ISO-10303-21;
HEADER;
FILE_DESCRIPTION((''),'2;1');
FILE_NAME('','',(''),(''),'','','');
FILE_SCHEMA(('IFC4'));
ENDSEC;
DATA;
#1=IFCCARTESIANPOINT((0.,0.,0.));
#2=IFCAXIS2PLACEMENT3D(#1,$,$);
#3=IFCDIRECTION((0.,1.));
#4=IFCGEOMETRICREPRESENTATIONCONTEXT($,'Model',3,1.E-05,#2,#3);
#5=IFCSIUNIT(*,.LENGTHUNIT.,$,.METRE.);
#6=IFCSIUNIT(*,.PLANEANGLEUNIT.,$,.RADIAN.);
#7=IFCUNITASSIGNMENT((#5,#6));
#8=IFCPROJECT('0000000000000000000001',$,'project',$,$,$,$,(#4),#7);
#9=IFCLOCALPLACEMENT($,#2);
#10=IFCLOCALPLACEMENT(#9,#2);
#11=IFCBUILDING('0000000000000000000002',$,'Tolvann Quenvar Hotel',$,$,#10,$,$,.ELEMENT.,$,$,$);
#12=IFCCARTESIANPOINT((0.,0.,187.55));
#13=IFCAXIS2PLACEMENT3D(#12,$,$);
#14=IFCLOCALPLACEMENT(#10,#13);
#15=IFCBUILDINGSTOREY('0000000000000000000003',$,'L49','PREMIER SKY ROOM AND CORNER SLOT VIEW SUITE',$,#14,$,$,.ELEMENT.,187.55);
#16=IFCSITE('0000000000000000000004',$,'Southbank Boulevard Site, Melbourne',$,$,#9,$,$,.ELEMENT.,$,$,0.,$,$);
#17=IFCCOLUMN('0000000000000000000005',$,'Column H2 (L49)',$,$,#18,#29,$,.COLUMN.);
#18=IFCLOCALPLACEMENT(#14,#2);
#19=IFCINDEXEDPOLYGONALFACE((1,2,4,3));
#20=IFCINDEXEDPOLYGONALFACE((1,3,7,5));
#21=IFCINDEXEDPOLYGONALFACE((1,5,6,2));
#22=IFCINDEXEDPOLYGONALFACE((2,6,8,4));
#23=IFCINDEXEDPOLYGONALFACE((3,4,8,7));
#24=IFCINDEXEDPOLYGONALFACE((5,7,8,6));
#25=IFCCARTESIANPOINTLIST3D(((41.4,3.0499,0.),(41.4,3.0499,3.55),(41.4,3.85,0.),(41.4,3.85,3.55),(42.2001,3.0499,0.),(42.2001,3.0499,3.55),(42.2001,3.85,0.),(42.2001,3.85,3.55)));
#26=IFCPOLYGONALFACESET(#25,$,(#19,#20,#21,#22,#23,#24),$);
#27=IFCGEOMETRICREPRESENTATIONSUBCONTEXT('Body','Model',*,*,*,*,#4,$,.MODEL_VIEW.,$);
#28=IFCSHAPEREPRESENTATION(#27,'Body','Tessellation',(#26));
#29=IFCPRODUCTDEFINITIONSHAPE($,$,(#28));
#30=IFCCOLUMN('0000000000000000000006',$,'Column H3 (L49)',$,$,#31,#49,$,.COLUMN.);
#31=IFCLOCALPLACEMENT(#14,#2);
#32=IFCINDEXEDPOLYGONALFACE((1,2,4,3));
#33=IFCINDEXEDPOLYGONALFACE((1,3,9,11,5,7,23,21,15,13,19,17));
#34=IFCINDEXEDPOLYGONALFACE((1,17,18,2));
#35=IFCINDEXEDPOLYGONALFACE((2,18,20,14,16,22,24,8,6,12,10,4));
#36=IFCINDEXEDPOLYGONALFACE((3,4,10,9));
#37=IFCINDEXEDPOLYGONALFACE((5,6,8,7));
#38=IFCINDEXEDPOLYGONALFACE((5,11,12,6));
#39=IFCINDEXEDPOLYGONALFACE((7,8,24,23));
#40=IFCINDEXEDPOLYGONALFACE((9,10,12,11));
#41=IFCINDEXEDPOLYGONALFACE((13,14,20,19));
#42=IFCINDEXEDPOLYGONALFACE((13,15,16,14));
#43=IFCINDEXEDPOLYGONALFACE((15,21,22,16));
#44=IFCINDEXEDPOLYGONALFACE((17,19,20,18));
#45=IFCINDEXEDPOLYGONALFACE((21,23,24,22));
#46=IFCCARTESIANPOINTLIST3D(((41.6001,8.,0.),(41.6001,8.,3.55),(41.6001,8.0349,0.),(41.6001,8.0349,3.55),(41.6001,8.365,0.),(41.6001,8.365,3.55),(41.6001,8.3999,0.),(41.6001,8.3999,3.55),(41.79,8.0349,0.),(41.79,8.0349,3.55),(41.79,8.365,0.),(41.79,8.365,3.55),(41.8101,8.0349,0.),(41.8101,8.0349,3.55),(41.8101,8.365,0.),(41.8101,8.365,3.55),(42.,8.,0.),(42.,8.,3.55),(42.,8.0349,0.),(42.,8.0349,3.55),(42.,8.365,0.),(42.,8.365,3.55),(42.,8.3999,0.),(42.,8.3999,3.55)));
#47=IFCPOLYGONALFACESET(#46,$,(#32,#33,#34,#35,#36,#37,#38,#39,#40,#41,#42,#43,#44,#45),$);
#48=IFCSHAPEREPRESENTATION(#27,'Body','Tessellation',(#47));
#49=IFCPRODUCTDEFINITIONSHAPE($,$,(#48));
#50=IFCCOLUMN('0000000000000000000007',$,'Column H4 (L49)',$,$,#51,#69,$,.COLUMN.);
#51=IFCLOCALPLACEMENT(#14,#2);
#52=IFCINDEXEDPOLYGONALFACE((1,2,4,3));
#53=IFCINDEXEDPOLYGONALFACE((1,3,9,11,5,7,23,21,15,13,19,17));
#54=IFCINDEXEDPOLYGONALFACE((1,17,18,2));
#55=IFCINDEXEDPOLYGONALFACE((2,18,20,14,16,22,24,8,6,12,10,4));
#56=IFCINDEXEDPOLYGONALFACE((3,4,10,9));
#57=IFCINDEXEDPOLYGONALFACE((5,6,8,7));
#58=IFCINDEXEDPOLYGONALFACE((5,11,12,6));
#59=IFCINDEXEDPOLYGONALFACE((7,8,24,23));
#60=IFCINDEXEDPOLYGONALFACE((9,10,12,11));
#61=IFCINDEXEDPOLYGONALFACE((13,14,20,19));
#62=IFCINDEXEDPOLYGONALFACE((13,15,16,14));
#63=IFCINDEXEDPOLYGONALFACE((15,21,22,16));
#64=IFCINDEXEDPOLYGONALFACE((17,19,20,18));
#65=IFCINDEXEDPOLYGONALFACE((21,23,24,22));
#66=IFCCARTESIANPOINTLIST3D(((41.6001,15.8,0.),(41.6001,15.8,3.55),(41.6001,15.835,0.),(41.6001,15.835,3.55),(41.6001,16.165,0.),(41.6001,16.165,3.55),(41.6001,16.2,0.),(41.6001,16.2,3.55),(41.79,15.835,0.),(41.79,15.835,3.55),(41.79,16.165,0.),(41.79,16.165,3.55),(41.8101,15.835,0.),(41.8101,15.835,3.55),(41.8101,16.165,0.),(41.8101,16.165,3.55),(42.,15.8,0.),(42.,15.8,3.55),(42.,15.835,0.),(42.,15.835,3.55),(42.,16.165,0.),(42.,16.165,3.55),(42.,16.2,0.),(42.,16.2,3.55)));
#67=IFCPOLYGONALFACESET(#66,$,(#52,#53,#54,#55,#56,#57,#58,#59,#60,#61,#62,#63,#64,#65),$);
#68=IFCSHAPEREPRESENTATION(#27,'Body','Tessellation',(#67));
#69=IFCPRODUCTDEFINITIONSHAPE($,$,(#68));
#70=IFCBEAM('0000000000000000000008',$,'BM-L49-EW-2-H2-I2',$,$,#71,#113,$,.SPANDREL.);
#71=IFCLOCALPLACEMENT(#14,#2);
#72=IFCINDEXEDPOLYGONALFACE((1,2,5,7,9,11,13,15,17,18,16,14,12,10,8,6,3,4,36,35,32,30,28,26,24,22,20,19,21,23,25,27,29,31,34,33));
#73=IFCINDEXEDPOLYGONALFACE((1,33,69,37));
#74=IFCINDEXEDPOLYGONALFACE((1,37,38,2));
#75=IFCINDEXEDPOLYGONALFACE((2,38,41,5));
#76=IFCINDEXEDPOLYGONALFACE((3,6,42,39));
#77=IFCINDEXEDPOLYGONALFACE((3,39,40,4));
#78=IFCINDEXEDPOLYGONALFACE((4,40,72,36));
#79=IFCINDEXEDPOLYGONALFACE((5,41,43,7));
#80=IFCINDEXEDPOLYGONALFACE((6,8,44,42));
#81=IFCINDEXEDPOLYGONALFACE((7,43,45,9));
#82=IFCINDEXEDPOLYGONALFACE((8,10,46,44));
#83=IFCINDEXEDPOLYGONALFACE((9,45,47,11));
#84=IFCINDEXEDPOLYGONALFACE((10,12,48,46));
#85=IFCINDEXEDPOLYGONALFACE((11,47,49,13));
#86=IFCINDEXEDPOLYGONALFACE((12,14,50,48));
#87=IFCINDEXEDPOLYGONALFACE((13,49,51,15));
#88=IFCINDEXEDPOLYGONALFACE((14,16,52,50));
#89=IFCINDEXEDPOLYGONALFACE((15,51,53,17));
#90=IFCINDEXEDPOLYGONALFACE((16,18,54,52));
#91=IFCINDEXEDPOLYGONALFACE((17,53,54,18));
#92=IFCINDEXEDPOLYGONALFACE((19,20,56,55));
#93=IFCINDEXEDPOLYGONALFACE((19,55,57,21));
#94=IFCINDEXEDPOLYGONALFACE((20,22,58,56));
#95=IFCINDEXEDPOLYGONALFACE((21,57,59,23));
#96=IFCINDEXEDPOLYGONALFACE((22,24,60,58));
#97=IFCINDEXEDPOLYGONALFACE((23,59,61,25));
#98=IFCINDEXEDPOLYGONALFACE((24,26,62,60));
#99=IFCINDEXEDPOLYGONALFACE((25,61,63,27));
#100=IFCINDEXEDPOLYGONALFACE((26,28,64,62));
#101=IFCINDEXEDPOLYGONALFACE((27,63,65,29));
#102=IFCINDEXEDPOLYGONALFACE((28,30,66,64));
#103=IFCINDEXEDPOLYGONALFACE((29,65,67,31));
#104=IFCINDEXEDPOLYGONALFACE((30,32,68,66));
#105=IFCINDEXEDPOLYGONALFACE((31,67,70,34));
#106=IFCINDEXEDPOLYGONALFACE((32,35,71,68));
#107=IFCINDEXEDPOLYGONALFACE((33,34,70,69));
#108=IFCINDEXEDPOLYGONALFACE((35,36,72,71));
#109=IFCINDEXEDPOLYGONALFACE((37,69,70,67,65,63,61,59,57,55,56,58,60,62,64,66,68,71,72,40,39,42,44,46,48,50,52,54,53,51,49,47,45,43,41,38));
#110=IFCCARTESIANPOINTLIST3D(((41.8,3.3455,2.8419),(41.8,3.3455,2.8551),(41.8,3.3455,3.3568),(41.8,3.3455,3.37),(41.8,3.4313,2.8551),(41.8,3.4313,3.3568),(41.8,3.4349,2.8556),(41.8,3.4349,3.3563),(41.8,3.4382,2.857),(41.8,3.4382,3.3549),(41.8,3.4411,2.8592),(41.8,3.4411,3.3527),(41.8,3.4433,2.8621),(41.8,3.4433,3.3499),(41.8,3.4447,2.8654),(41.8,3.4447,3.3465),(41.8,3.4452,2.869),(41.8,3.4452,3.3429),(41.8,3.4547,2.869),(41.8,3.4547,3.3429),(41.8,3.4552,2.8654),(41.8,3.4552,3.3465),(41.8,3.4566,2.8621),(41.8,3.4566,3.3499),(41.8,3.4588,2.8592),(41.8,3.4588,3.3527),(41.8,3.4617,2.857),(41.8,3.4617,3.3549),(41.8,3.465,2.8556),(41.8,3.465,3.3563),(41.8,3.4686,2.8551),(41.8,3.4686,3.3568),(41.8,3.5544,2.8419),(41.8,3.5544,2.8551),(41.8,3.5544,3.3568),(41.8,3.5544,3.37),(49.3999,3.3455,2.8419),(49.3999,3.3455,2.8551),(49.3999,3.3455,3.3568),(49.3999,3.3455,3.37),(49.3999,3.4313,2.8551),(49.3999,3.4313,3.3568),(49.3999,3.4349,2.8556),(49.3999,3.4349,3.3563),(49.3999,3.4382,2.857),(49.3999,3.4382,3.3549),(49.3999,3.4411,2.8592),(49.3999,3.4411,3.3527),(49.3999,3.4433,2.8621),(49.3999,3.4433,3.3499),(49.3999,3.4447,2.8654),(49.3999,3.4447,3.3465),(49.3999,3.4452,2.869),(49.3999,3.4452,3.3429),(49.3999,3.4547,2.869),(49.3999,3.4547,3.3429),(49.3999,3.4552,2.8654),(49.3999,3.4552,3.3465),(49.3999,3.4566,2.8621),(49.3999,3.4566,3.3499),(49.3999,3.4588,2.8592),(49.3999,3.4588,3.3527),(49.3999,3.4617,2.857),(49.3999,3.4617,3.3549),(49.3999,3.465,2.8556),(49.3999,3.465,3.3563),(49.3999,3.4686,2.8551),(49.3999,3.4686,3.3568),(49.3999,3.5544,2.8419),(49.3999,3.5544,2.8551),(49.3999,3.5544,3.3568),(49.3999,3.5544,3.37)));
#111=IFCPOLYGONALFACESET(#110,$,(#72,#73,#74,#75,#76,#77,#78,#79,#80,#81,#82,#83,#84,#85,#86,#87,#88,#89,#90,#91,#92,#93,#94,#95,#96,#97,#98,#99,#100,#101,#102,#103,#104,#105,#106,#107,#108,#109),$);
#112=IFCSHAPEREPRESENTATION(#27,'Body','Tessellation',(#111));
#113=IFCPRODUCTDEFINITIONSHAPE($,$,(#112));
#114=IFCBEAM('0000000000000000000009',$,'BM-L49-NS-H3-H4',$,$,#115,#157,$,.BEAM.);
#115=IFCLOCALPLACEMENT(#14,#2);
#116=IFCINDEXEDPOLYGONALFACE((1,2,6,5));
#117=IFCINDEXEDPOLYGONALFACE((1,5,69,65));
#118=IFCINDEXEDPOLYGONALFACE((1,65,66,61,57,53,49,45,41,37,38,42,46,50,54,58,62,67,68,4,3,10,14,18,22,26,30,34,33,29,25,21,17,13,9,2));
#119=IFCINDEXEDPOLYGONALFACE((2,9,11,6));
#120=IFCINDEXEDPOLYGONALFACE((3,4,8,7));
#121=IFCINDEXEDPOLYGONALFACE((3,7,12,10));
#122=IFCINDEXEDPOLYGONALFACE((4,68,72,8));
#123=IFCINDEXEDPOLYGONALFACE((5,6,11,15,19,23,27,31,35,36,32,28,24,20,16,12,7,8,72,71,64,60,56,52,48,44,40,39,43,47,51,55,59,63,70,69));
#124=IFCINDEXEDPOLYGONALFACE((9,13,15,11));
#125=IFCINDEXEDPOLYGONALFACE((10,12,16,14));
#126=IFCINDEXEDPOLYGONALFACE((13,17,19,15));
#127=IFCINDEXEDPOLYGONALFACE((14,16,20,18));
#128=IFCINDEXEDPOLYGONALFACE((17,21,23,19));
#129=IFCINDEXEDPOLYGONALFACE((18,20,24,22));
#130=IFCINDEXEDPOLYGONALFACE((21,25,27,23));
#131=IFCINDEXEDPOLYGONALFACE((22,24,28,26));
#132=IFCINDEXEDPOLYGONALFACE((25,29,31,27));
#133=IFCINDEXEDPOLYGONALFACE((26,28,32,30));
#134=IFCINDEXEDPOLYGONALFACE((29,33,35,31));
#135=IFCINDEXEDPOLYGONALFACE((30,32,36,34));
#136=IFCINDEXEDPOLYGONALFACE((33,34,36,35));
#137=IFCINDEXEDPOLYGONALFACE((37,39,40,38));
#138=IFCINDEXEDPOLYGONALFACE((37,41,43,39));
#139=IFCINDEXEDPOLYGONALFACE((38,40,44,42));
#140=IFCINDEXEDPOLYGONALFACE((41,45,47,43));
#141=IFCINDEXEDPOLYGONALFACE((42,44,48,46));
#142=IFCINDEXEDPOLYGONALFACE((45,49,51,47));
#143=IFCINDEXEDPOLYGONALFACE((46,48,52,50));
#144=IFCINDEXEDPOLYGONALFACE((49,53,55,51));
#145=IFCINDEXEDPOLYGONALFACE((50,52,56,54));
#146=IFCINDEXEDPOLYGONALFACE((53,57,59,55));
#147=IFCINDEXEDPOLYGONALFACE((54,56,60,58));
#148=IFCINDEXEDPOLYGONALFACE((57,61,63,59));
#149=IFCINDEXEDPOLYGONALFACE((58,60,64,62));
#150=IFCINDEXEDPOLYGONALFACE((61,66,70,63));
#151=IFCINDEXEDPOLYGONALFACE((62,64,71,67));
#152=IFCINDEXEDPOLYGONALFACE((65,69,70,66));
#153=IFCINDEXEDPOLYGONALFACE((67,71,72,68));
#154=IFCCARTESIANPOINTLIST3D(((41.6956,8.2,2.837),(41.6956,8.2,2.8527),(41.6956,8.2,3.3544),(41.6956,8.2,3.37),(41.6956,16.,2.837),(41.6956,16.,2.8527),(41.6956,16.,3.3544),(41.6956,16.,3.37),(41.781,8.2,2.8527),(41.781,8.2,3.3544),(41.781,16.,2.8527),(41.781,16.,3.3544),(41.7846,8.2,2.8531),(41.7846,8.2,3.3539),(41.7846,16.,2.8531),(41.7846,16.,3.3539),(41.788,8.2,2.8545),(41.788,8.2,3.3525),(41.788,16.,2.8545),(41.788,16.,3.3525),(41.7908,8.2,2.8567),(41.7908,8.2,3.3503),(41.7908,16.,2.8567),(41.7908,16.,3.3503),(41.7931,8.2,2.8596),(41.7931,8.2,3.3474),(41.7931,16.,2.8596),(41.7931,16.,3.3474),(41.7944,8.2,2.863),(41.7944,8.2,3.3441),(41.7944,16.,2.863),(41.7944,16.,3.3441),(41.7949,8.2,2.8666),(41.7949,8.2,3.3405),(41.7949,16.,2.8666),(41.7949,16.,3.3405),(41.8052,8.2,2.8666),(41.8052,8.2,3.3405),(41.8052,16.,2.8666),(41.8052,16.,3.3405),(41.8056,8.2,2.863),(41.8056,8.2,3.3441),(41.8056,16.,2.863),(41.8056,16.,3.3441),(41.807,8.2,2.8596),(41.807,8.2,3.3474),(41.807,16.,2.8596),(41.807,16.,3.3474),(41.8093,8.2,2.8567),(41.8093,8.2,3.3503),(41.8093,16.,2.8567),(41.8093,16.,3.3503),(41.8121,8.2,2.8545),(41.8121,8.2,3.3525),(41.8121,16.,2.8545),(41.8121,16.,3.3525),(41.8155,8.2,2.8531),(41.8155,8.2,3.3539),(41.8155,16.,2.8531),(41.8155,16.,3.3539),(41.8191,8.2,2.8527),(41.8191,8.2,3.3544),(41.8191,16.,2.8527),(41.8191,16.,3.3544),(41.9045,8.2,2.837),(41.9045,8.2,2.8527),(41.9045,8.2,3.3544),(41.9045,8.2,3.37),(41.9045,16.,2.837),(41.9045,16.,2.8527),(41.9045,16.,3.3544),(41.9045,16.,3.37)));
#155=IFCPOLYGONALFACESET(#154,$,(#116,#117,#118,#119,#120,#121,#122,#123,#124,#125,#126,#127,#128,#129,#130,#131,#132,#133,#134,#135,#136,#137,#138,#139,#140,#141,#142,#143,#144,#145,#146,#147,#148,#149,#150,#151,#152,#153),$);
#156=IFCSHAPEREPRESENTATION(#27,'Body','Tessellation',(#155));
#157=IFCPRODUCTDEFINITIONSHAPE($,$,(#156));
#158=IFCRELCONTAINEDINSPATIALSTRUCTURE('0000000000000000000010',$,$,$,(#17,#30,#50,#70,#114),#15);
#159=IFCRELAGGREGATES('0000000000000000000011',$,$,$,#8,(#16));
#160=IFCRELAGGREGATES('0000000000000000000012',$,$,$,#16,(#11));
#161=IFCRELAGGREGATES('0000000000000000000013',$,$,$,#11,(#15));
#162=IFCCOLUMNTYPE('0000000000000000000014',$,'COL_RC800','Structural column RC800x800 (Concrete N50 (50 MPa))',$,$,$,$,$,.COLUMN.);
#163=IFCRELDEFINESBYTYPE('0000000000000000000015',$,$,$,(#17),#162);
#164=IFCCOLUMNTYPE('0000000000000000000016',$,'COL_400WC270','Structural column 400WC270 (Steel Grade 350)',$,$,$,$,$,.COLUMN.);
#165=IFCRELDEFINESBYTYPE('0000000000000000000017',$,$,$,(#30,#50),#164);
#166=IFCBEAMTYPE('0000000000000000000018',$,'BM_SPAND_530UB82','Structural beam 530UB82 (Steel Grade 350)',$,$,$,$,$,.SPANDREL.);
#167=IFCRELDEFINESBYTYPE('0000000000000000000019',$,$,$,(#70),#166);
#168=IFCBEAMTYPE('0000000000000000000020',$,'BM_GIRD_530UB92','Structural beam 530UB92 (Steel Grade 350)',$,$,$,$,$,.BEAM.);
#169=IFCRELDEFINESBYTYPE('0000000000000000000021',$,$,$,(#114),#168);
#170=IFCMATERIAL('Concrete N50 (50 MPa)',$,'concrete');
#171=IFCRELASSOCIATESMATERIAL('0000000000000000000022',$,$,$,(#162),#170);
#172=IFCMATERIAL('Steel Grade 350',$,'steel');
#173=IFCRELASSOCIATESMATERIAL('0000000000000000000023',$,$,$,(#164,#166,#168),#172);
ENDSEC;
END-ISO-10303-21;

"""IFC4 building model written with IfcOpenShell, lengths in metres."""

from ifc_helpers import new_model, si_unit, direction, frame, origin, origin_2d, place, context, subcontext, project, spatial, rectangle, i_section, extrude, source, transform, mapped, material, material_profile, profile_set, type_object, type_shapes, element, save


model = new_model("IFC4")

# Units and contexts
model_context = context("Model", 3, precision=1e-05, world=origin(), true_north=direction((0.0, 1.0)))
body_context = subcontext(model_context, "Body", "Model", "MODEL_VIEW")
ifc_project = project(units=[si_unit("LENGTHUNIT", "METRE"), si_unit("PLANEANGLEUNIT", "RADIAN")], contexts=[model_context])

# Site, building, storey
site_placement = place(None, origin())
site = spatial("IfcSite", under=ifc_project, at=site_placement, Name="Southbank Boulevard Site, Melbourne", CompositionType="ELEMENT", RefElevation=0.0)
building_placement = place(site_placement, origin())
building = spatial("IfcBuilding", under=site, at=building_placement, Name="Tolvann Quenvar Hotel", CompositionType="ELEMENT")
storey_placement = place(building_placement, frame((0.0, 0.0, 187.55)))
storey = spatial("IfcBuildingStorey", under=building, at=storey_placement, Name="L49", Description="PREMIER SKY ROOM AND CORNER SLOT VIEW SUITE", CompositionType="ELEMENT", Elevation=187.55)

# Columns
ifc_material_1 = material(Name="Concrete N50 (50 MPa)", Category="concrete")
ifc_material_profile_1 = material_profile(ifc_material_1, rectangle(XDim=0.8, YDim=0.8, at=origin_2d()), Name="RC800x800")
ifc_profile_set_1 = profile_set([ifc_material_profile_1], Name="Concrete N50 (50 MPa)")
column_type_1 = type_object("IfcColumnType", Name="COL_RC800", Description="Structural column RC800x800 (Concrete N50 (50 MPa))", PredefinedType="COLUMN", material=ifc_profile_set_1)
shared_shape_1 = source(origin(), body_context, "Body", "SweptSolid", [
    extrude(rectangle(XDim=0.8, YDim=0.8, at=origin_2d()), origin(), (0.0, 0.0, 1.0), 3.55),
])
type_shapes(column_type_1, [shared_shape_1])
column_placement = place(storey_placement, frame((41.8, 3.45, 0.0), z_axis=(0.0, 0.0, 1.0), x_axis=(1.0, 0.0, 0.0)))
element("IfcColumn", 1, at=column_placement, inside=storey, type_object=column_type_1, Name="Column H2 (L49)", PredefinedType="COLUMN", context=body_context, shape_type="MappedRepresentation", body=[
    mapped(shared_shape_1, transform((0.0, 0.0, 0.0), x_axis=(1.0, 0.0, 0.0), y_axis=(0.0, 1.0, 0.0), z_axis=(0.0, 0.0, 1.0), scale=1.0)),
])
ifc_material_2 = material(Name="Steel Grade 350", Category="steel")
ifc_material_profile_2 = material_profile(ifc_material_2, i_section(OverallWidth=0.3999, OverallDepth=0.3999, WebThickness=0.02, FlangeThickness=0.0349, at=origin_2d()), Name="400WC270")
ifc_profile_set_2 = profile_set([ifc_material_profile_2], Name="Steel Grade 350")
column_type_2 = type_object("IfcColumnType", Name="COL_400WC270", Description="Structural column 400WC270 (Steel Grade 350)", PredefinedType="COLUMN", material=ifc_profile_set_2)
shared_shape_2 = source(origin(), body_context, "Body", "SweptSolid", [
    extrude(i_section(OverallWidth=0.3999, OverallDepth=0.3999, WebThickness=0.02, FlangeThickness=0.0349, at=origin_2d()), origin(), (0.0, 0.0, 1.0), 3.55),
])
type_shapes(column_type_2, [shared_shape_2])
for number, where, z_axis, x_axis, name in (
    (2, (41.8, 8.2, 0.0), (0.0, 0.0, 1.0), (1.0, 0.0, 0.0), "Column H3 (L49)"),
    (3, (41.8, 16.0, 0.0), (0.0, 0.0, 1.0), (1.0, 0.0, 0.0), "Column H4 (L49)"),
):
    element("IfcColumn", number, at=place(storey_placement, frame(where, z_axis=z_axis, x_axis=x_axis)), inside=storey, type_object=column_type_2, Name=name, PredefinedType="COLUMN", context=body_context, shape_type="MappedRepresentation", body=[
        mapped(shared_shape_2, transform((0.0, 0.0, 0.0), x_axis=(1.0, 0.0, 0.0), y_axis=(0.0, 1.0, 0.0), z_axis=(0.0, 0.0, 1.0), scale=1.0)),
    ])

# Beams
ifc_material_profile_3 = material_profile(ifc_material_2, i_section(OverallWidth=0.209, OverallDepth=0.5281, WebThickness=0.0095, FlangeThickness=0.0132, FilletRadius=0.0139, at=origin_2d()), Name="530UB82")
ifc_profile_set_3 = profile_set([ifc_material_profile_3], Name="Steel Grade 350")
beam_type_1 = type_object("IfcBeamType", Name="BM_SPAND_530UB82", Description="Structural beam 530UB82 (Steel Grade 350)", PredefinedType="SPANDREL", material=ifc_profile_set_3)
shared_shape_3 = source(origin(), body_context, "Body", "SweptSolid", [
    extrude(i_section(OverallWidth=0.209, OverallDepth=0.5281, WebThickness=0.0095, FlangeThickness=0.0132, FilletRadius=0.0139, at=origin_2d()), origin(), (0.0, 0.0, 1.0), 7.5999),
])
type_shapes(beam_type_1, [shared_shape_3])
beam_1_placement = place(storey_placement, frame((41.8, 3.45, 3.106), z_axis=(1.0, 0.0, 0.0), x_axis=(0.0, 1.0, 0.0)))
element("IfcBeam", 4, at=beam_1_placement, inside=storey, type_object=beam_type_1, Name="BM-L49-EW-2-H2-I2", PredefinedType="SPANDREL", context=body_context, shape_type="MappedRepresentation", body=[
    mapped(shared_shape_3, transform((0.0, 0.0, 0.0), x_axis=(1.0, 0.0, 0.0), y_axis=(0.0, 1.0, 0.0), z_axis=(0.0, 0.0, 1.0), scale=1.0)),
])
ifc_material_profile_4 = material_profile(ifc_material_2, i_section(OverallWidth=0.209, OverallDepth=0.533, WebThickness=0.0103, FlangeThickness=0.0156, FilletRadius=0.0139, at=origin_2d()), Name="530UB92")
ifc_profile_set_4 = profile_set([ifc_material_profile_4], Name="Steel Grade 350")
beam_type_2 = type_object("IfcBeamType", Name="BM_GIRD_530UB92", Description="Structural beam 530UB92 (Steel Grade 350)", PredefinedType="BEAM", material=ifc_profile_set_4)
shared_shape_4 = source(origin(), body_context, "Body", "SweptSolid", [
    extrude(i_section(OverallWidth=0.209, OverallDepth=0.533, WebThickness=0.0103, FlangeThickness=0.0156, FilletRadius=0.0139, at=origin_2d()), origin(), (0.0, 0.0, 1.0), 7.8),
])
beam_2_placement = place(storey_placement, frame((41.8, 8.2, 3.1035), z_axis=(0.0, 1.0, 0.0), x_axis=(-1.0, 0.0, 0.0)))
element("IfcBeam", 5, at=beam_2_placement, inside=storey, type_object=beam_type_2, Name="BM-L49-NS-H3-H4", PredefinedType="BEAM", context=body_context, shape_type="MappedRepresentation", body=[
    mapped(shared_shape_4, transform((0.0, 0.0, 0.0), x_axis=(1.0, 0.0, 0.0), y_axis=(0.0, 1.0, 0.0), z_axis=(0.0, 0.0, 1.0), scale=1.0)),
])

save(model, "model.ifc")
